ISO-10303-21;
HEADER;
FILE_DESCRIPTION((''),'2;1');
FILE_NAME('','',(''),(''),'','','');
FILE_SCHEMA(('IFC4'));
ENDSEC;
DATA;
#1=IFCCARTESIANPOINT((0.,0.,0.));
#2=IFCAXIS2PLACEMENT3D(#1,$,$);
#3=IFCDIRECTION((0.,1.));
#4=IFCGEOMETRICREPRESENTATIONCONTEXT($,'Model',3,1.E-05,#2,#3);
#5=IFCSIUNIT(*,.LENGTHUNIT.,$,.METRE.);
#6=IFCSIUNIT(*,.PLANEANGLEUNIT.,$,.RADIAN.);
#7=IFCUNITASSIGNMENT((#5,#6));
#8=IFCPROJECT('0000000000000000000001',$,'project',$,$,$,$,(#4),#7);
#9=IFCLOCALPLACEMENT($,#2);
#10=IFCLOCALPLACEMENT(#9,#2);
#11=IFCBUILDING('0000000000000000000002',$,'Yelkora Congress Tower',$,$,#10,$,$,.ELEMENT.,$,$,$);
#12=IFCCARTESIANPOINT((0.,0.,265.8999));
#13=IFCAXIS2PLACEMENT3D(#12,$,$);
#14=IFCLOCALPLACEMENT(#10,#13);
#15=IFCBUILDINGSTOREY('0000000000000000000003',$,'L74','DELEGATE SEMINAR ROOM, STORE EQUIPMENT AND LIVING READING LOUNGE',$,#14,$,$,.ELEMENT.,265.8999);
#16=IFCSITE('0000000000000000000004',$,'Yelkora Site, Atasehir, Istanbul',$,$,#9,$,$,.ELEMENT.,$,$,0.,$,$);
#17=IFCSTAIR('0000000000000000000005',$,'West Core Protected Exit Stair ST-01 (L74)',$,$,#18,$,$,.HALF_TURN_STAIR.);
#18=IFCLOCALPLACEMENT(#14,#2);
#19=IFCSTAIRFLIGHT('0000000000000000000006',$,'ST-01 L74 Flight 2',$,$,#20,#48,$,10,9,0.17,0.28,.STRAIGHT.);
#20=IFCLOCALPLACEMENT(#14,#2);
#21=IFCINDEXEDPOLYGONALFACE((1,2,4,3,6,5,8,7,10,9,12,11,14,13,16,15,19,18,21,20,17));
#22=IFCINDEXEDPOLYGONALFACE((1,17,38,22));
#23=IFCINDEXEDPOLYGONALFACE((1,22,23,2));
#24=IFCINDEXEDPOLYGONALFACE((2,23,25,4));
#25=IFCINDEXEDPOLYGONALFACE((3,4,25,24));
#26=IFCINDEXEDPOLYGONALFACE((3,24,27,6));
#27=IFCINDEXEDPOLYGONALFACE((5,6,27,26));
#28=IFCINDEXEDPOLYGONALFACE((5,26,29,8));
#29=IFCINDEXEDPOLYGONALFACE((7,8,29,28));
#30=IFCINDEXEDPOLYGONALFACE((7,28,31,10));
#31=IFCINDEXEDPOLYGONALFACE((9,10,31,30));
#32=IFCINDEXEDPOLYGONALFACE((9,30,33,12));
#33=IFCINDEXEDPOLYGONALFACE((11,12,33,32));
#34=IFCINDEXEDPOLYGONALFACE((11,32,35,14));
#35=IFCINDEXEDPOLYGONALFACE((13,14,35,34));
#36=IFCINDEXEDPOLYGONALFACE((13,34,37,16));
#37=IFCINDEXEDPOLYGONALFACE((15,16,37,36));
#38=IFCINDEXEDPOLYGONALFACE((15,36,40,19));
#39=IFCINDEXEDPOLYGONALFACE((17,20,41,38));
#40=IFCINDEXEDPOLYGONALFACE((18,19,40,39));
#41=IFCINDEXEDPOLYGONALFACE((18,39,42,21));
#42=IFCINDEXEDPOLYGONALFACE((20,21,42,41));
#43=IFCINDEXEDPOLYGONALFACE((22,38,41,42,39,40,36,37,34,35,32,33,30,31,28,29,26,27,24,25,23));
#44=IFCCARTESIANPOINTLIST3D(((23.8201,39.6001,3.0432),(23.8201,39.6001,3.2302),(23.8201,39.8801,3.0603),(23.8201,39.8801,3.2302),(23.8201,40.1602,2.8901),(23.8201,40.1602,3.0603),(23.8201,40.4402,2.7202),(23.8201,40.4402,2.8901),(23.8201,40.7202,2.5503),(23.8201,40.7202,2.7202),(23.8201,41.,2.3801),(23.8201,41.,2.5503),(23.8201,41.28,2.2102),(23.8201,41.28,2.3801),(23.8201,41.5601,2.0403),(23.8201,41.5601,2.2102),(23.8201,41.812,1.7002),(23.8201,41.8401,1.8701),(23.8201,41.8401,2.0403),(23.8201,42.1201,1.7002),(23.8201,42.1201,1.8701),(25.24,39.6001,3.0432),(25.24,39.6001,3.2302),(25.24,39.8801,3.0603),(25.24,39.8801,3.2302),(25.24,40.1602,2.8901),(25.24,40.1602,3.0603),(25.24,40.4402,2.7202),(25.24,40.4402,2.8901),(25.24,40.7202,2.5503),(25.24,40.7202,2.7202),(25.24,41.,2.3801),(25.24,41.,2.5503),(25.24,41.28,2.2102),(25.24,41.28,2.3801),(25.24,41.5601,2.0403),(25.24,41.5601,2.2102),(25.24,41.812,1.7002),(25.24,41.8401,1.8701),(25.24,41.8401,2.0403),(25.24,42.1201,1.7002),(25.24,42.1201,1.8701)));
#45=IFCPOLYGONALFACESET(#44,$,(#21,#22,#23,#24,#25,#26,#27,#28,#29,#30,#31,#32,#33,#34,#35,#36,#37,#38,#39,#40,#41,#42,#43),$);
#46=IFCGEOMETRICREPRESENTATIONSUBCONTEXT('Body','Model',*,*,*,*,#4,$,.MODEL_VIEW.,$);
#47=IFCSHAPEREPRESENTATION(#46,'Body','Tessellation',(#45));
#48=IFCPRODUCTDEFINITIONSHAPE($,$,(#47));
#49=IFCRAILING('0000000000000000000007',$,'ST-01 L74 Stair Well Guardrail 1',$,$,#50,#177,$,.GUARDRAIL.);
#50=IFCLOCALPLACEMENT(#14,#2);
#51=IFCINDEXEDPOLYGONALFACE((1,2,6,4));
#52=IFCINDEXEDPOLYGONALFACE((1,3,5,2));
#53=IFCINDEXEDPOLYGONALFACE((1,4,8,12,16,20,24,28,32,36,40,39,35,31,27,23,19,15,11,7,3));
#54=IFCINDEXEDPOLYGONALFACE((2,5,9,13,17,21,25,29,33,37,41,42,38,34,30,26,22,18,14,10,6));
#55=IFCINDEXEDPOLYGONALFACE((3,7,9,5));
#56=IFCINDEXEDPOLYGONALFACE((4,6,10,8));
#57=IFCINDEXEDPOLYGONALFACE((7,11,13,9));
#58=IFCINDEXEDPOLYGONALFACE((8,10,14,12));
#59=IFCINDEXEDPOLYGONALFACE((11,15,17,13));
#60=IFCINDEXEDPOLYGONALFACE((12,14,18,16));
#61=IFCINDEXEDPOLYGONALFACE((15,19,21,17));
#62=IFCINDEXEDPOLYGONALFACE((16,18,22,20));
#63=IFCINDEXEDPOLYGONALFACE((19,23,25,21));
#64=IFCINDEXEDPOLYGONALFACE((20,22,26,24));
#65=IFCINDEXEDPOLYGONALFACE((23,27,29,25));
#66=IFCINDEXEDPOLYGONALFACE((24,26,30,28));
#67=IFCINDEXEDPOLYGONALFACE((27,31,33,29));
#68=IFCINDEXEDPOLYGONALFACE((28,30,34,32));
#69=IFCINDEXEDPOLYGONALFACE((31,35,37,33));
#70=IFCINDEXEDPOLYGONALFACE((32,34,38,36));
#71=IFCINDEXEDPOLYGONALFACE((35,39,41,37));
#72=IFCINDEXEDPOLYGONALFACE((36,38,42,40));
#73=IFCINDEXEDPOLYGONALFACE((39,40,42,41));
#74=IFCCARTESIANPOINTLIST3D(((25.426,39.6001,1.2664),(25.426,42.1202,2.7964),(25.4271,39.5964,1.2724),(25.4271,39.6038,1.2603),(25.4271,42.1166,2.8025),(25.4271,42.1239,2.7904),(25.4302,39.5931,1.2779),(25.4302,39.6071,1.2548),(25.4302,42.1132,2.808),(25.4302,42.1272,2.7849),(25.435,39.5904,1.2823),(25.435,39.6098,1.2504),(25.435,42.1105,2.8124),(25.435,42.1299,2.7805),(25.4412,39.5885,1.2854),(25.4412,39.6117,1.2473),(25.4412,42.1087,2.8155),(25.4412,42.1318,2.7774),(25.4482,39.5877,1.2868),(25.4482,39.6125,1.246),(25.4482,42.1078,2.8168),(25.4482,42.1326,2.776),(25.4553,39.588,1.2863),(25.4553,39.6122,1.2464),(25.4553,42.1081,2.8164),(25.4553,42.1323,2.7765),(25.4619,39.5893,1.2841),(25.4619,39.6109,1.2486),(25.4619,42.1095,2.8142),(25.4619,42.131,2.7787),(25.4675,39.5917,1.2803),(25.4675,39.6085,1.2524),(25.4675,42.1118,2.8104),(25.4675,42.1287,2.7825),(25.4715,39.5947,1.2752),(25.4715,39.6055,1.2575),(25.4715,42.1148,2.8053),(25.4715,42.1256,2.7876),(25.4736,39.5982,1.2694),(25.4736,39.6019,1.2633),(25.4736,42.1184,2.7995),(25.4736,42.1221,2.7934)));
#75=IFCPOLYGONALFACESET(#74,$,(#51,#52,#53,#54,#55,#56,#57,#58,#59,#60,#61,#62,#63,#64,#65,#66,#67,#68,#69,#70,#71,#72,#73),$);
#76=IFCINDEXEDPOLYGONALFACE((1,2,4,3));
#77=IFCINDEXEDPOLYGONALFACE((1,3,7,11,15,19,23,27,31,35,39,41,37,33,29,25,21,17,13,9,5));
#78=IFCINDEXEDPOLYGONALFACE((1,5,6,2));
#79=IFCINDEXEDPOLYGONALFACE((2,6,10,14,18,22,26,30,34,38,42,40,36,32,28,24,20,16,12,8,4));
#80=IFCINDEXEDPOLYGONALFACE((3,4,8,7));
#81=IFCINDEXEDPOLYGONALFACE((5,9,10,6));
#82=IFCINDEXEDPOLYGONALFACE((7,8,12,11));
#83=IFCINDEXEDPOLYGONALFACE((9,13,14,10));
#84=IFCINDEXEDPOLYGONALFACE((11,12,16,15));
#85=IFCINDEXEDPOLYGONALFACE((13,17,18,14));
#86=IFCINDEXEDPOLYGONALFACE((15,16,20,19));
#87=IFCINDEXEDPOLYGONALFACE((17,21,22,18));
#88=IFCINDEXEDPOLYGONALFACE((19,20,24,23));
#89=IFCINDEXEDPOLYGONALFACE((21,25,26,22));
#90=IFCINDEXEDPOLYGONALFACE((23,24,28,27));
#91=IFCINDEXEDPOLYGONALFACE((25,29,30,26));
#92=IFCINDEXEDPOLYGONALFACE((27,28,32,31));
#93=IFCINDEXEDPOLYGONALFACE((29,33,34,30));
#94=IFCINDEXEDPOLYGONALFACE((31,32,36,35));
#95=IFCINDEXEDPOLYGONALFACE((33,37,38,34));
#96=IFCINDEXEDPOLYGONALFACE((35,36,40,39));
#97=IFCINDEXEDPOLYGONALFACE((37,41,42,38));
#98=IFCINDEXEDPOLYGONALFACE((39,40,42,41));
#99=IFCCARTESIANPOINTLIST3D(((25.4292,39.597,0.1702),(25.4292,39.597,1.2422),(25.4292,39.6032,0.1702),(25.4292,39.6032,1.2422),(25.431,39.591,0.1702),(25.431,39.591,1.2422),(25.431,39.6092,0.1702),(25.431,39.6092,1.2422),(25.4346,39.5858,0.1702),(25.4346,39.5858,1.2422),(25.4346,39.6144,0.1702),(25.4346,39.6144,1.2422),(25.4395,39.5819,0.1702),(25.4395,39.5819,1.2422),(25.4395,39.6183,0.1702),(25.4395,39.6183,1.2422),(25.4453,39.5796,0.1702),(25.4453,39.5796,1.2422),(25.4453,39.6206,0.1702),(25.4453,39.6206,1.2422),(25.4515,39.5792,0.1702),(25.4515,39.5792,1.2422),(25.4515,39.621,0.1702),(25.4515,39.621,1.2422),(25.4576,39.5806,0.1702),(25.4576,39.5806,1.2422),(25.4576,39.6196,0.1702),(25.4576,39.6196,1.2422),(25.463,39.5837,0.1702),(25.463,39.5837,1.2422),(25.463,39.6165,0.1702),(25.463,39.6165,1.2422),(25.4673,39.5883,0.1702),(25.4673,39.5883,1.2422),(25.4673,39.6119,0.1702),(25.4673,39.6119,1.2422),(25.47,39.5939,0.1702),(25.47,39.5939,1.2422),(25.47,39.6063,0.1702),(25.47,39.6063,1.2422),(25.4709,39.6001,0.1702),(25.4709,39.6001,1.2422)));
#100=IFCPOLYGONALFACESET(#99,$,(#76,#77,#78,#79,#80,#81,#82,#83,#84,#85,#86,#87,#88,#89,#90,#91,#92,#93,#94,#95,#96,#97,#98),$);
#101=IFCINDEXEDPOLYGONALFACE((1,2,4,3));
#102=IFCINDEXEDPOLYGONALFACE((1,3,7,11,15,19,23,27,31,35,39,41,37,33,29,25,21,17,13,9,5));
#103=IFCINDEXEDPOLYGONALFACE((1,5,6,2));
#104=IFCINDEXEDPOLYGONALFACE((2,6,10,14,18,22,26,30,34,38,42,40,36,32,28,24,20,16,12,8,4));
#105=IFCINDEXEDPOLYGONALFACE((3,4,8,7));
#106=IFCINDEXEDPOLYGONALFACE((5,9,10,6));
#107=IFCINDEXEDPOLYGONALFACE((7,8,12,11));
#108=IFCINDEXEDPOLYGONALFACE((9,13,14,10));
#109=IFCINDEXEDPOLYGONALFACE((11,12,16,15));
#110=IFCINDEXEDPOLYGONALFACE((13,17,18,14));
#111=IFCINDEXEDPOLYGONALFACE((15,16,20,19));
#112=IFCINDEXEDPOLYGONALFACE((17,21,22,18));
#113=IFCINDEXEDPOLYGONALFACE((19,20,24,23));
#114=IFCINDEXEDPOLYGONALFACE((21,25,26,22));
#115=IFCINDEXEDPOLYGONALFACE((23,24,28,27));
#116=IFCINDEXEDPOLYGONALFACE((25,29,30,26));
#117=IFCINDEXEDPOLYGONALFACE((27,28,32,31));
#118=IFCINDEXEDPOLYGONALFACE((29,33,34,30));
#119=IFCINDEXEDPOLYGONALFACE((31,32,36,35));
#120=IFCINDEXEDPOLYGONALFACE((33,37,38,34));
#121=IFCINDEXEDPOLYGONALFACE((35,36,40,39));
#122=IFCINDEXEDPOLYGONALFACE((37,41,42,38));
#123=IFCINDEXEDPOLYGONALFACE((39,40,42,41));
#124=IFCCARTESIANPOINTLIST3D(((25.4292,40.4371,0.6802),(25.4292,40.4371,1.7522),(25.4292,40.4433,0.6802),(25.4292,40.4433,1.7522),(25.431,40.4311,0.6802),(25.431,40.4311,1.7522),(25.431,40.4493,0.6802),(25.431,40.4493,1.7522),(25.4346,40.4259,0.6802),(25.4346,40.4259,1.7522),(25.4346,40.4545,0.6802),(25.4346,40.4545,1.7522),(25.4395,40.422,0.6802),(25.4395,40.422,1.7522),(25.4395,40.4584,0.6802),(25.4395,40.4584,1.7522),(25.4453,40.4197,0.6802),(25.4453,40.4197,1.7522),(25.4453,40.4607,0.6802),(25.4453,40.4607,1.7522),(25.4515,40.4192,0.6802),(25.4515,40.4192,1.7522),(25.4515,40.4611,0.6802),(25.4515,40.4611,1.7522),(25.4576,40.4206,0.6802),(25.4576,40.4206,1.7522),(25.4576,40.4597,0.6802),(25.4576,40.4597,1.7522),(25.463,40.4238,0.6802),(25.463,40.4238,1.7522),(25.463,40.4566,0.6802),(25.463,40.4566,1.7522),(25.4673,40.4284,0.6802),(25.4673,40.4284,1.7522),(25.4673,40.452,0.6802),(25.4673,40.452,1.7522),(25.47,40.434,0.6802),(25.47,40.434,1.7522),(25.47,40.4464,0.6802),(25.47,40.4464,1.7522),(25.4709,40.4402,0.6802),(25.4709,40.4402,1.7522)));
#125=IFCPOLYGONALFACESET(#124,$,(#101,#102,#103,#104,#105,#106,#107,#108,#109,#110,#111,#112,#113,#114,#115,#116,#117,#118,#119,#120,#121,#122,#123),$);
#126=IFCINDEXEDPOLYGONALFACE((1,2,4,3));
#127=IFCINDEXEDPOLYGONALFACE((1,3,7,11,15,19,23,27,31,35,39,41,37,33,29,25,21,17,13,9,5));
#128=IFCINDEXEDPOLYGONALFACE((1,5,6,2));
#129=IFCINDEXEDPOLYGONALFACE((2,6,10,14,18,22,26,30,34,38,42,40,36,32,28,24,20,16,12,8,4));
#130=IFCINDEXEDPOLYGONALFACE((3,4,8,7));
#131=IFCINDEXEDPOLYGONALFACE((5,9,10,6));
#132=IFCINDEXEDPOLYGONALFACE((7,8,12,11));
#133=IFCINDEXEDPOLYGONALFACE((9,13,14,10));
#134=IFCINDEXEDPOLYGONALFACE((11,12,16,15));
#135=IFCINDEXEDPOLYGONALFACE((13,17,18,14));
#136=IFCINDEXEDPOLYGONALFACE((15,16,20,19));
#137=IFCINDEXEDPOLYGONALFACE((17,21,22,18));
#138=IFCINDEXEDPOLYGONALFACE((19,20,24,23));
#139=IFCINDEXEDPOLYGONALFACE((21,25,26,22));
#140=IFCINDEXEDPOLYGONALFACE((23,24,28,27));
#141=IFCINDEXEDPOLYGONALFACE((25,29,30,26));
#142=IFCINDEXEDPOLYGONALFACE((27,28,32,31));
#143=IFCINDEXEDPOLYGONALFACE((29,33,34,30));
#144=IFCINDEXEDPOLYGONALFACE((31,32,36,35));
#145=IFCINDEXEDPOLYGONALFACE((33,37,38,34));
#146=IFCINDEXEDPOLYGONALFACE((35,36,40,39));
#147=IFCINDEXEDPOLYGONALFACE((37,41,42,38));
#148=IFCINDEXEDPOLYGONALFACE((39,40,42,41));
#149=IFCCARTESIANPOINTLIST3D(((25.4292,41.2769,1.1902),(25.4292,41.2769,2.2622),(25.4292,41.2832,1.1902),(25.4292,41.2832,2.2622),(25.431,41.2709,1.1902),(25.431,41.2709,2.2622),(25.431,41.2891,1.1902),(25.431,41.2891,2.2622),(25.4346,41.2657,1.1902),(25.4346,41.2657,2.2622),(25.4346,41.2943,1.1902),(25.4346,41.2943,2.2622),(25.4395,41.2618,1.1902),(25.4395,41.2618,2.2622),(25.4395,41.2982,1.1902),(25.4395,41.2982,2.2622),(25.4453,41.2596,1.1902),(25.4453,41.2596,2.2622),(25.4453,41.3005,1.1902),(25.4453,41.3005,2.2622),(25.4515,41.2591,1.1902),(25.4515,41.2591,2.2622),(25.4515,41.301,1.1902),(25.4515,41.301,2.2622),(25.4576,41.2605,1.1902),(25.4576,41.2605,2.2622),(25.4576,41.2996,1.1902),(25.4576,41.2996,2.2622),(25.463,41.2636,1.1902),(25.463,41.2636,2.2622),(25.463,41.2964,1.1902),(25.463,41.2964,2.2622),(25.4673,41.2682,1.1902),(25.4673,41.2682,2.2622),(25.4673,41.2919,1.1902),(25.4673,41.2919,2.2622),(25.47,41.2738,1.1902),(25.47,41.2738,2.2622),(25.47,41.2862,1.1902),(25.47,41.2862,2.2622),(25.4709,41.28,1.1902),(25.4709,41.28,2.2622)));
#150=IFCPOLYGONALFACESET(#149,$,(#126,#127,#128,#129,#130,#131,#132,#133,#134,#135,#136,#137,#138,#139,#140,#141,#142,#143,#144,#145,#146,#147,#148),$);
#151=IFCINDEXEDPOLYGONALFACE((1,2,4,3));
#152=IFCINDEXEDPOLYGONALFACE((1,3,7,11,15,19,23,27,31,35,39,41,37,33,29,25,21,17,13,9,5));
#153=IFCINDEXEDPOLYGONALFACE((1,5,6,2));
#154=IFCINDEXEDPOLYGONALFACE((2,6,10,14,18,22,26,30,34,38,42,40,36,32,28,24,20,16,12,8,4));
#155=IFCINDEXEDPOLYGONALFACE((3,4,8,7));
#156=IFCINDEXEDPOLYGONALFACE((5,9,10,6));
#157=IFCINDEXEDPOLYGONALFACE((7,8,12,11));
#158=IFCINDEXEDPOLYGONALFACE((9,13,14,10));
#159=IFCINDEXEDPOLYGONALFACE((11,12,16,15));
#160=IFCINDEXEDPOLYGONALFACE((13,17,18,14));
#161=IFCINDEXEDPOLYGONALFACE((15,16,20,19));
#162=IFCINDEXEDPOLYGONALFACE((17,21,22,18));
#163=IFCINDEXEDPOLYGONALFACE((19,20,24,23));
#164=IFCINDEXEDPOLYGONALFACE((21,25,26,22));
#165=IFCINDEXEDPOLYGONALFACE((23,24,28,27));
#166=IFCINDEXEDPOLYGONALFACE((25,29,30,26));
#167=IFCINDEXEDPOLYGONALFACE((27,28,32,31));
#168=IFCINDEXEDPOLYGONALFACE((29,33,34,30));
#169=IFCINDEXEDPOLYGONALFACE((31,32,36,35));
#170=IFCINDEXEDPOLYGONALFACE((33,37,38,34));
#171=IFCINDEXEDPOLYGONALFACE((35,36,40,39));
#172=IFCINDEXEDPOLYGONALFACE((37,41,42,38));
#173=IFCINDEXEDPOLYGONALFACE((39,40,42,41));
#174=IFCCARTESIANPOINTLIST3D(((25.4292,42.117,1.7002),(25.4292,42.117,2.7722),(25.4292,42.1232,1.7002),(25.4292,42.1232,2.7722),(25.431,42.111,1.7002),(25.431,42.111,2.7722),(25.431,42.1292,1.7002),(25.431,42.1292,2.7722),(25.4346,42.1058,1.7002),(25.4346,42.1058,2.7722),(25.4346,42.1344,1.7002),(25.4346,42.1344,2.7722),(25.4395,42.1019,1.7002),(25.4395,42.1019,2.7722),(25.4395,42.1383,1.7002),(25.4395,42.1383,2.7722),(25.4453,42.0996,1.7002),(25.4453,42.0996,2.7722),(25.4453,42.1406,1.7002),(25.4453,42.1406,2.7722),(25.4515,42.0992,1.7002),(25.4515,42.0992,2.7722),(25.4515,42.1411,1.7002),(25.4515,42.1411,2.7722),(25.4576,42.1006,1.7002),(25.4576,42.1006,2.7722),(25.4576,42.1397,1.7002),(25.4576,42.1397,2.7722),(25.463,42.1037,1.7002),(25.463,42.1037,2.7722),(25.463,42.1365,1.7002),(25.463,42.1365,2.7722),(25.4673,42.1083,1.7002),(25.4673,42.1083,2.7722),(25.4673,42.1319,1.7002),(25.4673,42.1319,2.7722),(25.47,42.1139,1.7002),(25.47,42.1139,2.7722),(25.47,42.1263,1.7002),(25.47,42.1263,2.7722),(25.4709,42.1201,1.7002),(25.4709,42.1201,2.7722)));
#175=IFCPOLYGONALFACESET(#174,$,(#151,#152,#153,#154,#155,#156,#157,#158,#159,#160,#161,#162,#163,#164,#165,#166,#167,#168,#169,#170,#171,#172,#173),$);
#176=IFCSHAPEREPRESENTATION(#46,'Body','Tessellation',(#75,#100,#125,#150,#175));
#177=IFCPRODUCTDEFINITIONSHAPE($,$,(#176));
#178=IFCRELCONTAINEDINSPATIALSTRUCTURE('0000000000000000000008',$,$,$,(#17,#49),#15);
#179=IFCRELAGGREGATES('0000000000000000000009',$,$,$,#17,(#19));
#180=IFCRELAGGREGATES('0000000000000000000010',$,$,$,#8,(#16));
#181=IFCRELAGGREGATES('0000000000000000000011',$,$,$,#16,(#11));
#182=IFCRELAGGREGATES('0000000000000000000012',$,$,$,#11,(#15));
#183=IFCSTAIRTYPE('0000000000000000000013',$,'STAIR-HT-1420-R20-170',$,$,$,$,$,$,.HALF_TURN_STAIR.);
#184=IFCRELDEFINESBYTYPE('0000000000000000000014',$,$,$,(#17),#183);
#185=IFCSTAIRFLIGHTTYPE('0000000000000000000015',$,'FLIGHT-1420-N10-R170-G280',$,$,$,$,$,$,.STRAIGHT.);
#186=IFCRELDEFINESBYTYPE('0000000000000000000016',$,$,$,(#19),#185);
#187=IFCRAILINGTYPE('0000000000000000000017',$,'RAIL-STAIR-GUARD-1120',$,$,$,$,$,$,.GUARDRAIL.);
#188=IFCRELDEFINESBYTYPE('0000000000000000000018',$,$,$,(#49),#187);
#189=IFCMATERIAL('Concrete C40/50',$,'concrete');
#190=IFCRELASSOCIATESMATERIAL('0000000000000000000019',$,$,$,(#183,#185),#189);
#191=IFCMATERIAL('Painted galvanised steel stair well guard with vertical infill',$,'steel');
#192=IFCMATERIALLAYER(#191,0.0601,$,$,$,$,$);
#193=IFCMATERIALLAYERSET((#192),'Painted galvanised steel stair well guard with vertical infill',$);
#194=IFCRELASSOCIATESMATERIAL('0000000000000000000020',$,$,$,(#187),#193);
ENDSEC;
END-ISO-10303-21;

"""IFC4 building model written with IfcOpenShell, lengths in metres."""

from ifc_helpers import new_model, si_unit, direction, frame, origin, origin_2d, place, context, subcontext, project, spatial, polyline, circle, outline, extrude, material, layer, layer_set, type_object, element, aggregate, save


model = new_model("IFC4")

# Units and contexts
model_context = context("Model", 3, precision=1e-05, world=origin(), true_north=direction((0.0, 1.0)))
body_context = subcontext(model_context, "Body", "Model", "MODEL_VIEW")
ifc_project = project(units=[si_unit("LENGTHUNIT", "METRE"), si_unit("PLANEANGLEUNIT", "RADIAN")], contexts=[model_context])

# Site, building, storey
site_placement = place(None, origin())
site = spatial("IfcSite", under=ifc_project, at=site_placement, Name="Yelkora Site, Atasehir, Istanbul", CompositionType="ELEMENT", RefElevation=0.0)
building_placement = place(site_placement, origin())
building = spatial("IfcBuilding", under=site, at=building_placement, Name="Yelkora Congress Tower", CompositionType="ELEMENT")
storey_placement = place(building_placement, frame((0.0, 0.0, 265.8999)))
storey = spatial("IfcBuildingStorey", under=building, at=storey_placement, Name="L74", Description="DELEGATE SEMINAR ROOM, STORE EQUIPMENT AND LIVING READING LOUNGE", CompositionType="ELEMENT", Elevation=265.8999)

# Stair, stair flight
ifc_material_1 = material(Name="Concrete C40/50", Category="concrete")
stair_type = type_object("IfcStairType", Name="STAIR-HT-1420-R20-170", PredefinedType="HALF_TURN_STAIR", material=ifc_material_1)
stair_placement = place(storey_placement, origin())
stair = element("IfcStair", 1, at=stair_placement, inside=storey, type_object=stair_type, Name="West Core Protected Exit Stair ST-01 (L74)", PredefinedType="HALF_TURN_STAIR")
stair_flight_type = type_object("IfcStairFlightType", Name="FLIGHT-1420-N10-R170-G280", PredefinedType="STRAIGHT", material=ifc_material_1)
stair_flight_1_placement = place(storey_placement, frame((24.53, 42.1201, 1.7002), z_axis=(0.0, 0.0, 1.0), x_axis=(0.0, -1.0, 0.0)))
stair_flight_1 = element("IfcStairFlight", 2, at=stair_flight_1_placement, type_object=stair_flight_type, Name="ST-01 L74 Flight 2", NumberOfRisers=10, NumberOfTreads=9, PredefinedType="STRAIGHT", RiserHeight=0.17, TreadLength=0.28, context=body_context, shape_type="SweptSolid", body=[
    extrude(outline(polyline([(0.0, 0.0), (0.0, 0.1699), (0.28, 0.1699), (0.28, 0.3401), (0.5601, 0.3401), (0.5601, 0.51), (0.8401, 0.51), (0.8401, 0.6799), (1.1201, 0.6799), (1.1201, 0.8501), (1.3999, 0.8501), (1.3999, 1.02), (1.6799, 1.02), (1.6799, 1.1899), (1.96, 1.1899), (1.96, 1.3601), (2.24, 1.3601), (2.24, 1.53), (2.52, 1.53), (2.52, 1.7), (2.52, 1.343), (0.3081, 0.0), (0.0, 0.0)])), frame((0.0, 0.71, 0.0), z_axis=(0.0, -1.0, 0.0), x_axis=(1.0, 0.0, 0.0)), (0.0, 0.0, 1.0), 1.4199),
])
aggregate(stair, [stair_flight_1])

# Railing
ifc_material_2 = material(Name="Painted galvanised steel stair well guard with vertical infill", Category="steel")
ifc_layer_1 = layer(ifc_material_2, 0.0601)
ifc_layer_set_1 = layer_set([ifc_layer_1], Name="Painted galvanised steel stair well guard with vertical infill")
railing_type_1 = type_object("IfcRailingType", Name="RAIL-STAIR-GUARD-1120", PredefinedType="GUARDRAIL", material=ifc_layer_set_1)
railing_1_placement = place(storey_placement, frame((25.45, 39.6001, 0.1702)))
element("IfcRailing", 3, at=railing_1_placement, inside=storey, type_object=railing_type_1, Name="ST-01 L74 Stair Well Guardrail 1", PredefinedType="GUARDRAIL", context=body_context, shape_type="SweptSolid", body=[
    extrude(circle(Radius=0.0239, at=origin_2d()), frame((0.0, 0.0, 1.0962), z_axis=(0.0, 0.854785, 0.518982), x_axis=(-1.0, 0.0, 0.0)), (0.0, 0.0, 1.0), 2.9482),
    extrude(circle(Radius=0.021, at=origin_2d()), origin(), (0.0, 0.0, 1.0), 1.072),
    extrude(circle(Radius=0.021, at=origin_2d()), frame((0.0, 0.8401, 0.51)), (0.0, 0.0, 1.0), 1.072),
    extrude(circle(Radius=0.021, at=origin_2d()), frame((0.0, 1.6799, 1.02)), (0.0, 0.0, 1.0), 1.072),
    extrude(circle(Radius=0.021, at=origin_2d()), frame((0.0, 2.52, 1.53)), (0.0, 0.0, 1.0), 1.072),
])

save(model, "model.ifc")
